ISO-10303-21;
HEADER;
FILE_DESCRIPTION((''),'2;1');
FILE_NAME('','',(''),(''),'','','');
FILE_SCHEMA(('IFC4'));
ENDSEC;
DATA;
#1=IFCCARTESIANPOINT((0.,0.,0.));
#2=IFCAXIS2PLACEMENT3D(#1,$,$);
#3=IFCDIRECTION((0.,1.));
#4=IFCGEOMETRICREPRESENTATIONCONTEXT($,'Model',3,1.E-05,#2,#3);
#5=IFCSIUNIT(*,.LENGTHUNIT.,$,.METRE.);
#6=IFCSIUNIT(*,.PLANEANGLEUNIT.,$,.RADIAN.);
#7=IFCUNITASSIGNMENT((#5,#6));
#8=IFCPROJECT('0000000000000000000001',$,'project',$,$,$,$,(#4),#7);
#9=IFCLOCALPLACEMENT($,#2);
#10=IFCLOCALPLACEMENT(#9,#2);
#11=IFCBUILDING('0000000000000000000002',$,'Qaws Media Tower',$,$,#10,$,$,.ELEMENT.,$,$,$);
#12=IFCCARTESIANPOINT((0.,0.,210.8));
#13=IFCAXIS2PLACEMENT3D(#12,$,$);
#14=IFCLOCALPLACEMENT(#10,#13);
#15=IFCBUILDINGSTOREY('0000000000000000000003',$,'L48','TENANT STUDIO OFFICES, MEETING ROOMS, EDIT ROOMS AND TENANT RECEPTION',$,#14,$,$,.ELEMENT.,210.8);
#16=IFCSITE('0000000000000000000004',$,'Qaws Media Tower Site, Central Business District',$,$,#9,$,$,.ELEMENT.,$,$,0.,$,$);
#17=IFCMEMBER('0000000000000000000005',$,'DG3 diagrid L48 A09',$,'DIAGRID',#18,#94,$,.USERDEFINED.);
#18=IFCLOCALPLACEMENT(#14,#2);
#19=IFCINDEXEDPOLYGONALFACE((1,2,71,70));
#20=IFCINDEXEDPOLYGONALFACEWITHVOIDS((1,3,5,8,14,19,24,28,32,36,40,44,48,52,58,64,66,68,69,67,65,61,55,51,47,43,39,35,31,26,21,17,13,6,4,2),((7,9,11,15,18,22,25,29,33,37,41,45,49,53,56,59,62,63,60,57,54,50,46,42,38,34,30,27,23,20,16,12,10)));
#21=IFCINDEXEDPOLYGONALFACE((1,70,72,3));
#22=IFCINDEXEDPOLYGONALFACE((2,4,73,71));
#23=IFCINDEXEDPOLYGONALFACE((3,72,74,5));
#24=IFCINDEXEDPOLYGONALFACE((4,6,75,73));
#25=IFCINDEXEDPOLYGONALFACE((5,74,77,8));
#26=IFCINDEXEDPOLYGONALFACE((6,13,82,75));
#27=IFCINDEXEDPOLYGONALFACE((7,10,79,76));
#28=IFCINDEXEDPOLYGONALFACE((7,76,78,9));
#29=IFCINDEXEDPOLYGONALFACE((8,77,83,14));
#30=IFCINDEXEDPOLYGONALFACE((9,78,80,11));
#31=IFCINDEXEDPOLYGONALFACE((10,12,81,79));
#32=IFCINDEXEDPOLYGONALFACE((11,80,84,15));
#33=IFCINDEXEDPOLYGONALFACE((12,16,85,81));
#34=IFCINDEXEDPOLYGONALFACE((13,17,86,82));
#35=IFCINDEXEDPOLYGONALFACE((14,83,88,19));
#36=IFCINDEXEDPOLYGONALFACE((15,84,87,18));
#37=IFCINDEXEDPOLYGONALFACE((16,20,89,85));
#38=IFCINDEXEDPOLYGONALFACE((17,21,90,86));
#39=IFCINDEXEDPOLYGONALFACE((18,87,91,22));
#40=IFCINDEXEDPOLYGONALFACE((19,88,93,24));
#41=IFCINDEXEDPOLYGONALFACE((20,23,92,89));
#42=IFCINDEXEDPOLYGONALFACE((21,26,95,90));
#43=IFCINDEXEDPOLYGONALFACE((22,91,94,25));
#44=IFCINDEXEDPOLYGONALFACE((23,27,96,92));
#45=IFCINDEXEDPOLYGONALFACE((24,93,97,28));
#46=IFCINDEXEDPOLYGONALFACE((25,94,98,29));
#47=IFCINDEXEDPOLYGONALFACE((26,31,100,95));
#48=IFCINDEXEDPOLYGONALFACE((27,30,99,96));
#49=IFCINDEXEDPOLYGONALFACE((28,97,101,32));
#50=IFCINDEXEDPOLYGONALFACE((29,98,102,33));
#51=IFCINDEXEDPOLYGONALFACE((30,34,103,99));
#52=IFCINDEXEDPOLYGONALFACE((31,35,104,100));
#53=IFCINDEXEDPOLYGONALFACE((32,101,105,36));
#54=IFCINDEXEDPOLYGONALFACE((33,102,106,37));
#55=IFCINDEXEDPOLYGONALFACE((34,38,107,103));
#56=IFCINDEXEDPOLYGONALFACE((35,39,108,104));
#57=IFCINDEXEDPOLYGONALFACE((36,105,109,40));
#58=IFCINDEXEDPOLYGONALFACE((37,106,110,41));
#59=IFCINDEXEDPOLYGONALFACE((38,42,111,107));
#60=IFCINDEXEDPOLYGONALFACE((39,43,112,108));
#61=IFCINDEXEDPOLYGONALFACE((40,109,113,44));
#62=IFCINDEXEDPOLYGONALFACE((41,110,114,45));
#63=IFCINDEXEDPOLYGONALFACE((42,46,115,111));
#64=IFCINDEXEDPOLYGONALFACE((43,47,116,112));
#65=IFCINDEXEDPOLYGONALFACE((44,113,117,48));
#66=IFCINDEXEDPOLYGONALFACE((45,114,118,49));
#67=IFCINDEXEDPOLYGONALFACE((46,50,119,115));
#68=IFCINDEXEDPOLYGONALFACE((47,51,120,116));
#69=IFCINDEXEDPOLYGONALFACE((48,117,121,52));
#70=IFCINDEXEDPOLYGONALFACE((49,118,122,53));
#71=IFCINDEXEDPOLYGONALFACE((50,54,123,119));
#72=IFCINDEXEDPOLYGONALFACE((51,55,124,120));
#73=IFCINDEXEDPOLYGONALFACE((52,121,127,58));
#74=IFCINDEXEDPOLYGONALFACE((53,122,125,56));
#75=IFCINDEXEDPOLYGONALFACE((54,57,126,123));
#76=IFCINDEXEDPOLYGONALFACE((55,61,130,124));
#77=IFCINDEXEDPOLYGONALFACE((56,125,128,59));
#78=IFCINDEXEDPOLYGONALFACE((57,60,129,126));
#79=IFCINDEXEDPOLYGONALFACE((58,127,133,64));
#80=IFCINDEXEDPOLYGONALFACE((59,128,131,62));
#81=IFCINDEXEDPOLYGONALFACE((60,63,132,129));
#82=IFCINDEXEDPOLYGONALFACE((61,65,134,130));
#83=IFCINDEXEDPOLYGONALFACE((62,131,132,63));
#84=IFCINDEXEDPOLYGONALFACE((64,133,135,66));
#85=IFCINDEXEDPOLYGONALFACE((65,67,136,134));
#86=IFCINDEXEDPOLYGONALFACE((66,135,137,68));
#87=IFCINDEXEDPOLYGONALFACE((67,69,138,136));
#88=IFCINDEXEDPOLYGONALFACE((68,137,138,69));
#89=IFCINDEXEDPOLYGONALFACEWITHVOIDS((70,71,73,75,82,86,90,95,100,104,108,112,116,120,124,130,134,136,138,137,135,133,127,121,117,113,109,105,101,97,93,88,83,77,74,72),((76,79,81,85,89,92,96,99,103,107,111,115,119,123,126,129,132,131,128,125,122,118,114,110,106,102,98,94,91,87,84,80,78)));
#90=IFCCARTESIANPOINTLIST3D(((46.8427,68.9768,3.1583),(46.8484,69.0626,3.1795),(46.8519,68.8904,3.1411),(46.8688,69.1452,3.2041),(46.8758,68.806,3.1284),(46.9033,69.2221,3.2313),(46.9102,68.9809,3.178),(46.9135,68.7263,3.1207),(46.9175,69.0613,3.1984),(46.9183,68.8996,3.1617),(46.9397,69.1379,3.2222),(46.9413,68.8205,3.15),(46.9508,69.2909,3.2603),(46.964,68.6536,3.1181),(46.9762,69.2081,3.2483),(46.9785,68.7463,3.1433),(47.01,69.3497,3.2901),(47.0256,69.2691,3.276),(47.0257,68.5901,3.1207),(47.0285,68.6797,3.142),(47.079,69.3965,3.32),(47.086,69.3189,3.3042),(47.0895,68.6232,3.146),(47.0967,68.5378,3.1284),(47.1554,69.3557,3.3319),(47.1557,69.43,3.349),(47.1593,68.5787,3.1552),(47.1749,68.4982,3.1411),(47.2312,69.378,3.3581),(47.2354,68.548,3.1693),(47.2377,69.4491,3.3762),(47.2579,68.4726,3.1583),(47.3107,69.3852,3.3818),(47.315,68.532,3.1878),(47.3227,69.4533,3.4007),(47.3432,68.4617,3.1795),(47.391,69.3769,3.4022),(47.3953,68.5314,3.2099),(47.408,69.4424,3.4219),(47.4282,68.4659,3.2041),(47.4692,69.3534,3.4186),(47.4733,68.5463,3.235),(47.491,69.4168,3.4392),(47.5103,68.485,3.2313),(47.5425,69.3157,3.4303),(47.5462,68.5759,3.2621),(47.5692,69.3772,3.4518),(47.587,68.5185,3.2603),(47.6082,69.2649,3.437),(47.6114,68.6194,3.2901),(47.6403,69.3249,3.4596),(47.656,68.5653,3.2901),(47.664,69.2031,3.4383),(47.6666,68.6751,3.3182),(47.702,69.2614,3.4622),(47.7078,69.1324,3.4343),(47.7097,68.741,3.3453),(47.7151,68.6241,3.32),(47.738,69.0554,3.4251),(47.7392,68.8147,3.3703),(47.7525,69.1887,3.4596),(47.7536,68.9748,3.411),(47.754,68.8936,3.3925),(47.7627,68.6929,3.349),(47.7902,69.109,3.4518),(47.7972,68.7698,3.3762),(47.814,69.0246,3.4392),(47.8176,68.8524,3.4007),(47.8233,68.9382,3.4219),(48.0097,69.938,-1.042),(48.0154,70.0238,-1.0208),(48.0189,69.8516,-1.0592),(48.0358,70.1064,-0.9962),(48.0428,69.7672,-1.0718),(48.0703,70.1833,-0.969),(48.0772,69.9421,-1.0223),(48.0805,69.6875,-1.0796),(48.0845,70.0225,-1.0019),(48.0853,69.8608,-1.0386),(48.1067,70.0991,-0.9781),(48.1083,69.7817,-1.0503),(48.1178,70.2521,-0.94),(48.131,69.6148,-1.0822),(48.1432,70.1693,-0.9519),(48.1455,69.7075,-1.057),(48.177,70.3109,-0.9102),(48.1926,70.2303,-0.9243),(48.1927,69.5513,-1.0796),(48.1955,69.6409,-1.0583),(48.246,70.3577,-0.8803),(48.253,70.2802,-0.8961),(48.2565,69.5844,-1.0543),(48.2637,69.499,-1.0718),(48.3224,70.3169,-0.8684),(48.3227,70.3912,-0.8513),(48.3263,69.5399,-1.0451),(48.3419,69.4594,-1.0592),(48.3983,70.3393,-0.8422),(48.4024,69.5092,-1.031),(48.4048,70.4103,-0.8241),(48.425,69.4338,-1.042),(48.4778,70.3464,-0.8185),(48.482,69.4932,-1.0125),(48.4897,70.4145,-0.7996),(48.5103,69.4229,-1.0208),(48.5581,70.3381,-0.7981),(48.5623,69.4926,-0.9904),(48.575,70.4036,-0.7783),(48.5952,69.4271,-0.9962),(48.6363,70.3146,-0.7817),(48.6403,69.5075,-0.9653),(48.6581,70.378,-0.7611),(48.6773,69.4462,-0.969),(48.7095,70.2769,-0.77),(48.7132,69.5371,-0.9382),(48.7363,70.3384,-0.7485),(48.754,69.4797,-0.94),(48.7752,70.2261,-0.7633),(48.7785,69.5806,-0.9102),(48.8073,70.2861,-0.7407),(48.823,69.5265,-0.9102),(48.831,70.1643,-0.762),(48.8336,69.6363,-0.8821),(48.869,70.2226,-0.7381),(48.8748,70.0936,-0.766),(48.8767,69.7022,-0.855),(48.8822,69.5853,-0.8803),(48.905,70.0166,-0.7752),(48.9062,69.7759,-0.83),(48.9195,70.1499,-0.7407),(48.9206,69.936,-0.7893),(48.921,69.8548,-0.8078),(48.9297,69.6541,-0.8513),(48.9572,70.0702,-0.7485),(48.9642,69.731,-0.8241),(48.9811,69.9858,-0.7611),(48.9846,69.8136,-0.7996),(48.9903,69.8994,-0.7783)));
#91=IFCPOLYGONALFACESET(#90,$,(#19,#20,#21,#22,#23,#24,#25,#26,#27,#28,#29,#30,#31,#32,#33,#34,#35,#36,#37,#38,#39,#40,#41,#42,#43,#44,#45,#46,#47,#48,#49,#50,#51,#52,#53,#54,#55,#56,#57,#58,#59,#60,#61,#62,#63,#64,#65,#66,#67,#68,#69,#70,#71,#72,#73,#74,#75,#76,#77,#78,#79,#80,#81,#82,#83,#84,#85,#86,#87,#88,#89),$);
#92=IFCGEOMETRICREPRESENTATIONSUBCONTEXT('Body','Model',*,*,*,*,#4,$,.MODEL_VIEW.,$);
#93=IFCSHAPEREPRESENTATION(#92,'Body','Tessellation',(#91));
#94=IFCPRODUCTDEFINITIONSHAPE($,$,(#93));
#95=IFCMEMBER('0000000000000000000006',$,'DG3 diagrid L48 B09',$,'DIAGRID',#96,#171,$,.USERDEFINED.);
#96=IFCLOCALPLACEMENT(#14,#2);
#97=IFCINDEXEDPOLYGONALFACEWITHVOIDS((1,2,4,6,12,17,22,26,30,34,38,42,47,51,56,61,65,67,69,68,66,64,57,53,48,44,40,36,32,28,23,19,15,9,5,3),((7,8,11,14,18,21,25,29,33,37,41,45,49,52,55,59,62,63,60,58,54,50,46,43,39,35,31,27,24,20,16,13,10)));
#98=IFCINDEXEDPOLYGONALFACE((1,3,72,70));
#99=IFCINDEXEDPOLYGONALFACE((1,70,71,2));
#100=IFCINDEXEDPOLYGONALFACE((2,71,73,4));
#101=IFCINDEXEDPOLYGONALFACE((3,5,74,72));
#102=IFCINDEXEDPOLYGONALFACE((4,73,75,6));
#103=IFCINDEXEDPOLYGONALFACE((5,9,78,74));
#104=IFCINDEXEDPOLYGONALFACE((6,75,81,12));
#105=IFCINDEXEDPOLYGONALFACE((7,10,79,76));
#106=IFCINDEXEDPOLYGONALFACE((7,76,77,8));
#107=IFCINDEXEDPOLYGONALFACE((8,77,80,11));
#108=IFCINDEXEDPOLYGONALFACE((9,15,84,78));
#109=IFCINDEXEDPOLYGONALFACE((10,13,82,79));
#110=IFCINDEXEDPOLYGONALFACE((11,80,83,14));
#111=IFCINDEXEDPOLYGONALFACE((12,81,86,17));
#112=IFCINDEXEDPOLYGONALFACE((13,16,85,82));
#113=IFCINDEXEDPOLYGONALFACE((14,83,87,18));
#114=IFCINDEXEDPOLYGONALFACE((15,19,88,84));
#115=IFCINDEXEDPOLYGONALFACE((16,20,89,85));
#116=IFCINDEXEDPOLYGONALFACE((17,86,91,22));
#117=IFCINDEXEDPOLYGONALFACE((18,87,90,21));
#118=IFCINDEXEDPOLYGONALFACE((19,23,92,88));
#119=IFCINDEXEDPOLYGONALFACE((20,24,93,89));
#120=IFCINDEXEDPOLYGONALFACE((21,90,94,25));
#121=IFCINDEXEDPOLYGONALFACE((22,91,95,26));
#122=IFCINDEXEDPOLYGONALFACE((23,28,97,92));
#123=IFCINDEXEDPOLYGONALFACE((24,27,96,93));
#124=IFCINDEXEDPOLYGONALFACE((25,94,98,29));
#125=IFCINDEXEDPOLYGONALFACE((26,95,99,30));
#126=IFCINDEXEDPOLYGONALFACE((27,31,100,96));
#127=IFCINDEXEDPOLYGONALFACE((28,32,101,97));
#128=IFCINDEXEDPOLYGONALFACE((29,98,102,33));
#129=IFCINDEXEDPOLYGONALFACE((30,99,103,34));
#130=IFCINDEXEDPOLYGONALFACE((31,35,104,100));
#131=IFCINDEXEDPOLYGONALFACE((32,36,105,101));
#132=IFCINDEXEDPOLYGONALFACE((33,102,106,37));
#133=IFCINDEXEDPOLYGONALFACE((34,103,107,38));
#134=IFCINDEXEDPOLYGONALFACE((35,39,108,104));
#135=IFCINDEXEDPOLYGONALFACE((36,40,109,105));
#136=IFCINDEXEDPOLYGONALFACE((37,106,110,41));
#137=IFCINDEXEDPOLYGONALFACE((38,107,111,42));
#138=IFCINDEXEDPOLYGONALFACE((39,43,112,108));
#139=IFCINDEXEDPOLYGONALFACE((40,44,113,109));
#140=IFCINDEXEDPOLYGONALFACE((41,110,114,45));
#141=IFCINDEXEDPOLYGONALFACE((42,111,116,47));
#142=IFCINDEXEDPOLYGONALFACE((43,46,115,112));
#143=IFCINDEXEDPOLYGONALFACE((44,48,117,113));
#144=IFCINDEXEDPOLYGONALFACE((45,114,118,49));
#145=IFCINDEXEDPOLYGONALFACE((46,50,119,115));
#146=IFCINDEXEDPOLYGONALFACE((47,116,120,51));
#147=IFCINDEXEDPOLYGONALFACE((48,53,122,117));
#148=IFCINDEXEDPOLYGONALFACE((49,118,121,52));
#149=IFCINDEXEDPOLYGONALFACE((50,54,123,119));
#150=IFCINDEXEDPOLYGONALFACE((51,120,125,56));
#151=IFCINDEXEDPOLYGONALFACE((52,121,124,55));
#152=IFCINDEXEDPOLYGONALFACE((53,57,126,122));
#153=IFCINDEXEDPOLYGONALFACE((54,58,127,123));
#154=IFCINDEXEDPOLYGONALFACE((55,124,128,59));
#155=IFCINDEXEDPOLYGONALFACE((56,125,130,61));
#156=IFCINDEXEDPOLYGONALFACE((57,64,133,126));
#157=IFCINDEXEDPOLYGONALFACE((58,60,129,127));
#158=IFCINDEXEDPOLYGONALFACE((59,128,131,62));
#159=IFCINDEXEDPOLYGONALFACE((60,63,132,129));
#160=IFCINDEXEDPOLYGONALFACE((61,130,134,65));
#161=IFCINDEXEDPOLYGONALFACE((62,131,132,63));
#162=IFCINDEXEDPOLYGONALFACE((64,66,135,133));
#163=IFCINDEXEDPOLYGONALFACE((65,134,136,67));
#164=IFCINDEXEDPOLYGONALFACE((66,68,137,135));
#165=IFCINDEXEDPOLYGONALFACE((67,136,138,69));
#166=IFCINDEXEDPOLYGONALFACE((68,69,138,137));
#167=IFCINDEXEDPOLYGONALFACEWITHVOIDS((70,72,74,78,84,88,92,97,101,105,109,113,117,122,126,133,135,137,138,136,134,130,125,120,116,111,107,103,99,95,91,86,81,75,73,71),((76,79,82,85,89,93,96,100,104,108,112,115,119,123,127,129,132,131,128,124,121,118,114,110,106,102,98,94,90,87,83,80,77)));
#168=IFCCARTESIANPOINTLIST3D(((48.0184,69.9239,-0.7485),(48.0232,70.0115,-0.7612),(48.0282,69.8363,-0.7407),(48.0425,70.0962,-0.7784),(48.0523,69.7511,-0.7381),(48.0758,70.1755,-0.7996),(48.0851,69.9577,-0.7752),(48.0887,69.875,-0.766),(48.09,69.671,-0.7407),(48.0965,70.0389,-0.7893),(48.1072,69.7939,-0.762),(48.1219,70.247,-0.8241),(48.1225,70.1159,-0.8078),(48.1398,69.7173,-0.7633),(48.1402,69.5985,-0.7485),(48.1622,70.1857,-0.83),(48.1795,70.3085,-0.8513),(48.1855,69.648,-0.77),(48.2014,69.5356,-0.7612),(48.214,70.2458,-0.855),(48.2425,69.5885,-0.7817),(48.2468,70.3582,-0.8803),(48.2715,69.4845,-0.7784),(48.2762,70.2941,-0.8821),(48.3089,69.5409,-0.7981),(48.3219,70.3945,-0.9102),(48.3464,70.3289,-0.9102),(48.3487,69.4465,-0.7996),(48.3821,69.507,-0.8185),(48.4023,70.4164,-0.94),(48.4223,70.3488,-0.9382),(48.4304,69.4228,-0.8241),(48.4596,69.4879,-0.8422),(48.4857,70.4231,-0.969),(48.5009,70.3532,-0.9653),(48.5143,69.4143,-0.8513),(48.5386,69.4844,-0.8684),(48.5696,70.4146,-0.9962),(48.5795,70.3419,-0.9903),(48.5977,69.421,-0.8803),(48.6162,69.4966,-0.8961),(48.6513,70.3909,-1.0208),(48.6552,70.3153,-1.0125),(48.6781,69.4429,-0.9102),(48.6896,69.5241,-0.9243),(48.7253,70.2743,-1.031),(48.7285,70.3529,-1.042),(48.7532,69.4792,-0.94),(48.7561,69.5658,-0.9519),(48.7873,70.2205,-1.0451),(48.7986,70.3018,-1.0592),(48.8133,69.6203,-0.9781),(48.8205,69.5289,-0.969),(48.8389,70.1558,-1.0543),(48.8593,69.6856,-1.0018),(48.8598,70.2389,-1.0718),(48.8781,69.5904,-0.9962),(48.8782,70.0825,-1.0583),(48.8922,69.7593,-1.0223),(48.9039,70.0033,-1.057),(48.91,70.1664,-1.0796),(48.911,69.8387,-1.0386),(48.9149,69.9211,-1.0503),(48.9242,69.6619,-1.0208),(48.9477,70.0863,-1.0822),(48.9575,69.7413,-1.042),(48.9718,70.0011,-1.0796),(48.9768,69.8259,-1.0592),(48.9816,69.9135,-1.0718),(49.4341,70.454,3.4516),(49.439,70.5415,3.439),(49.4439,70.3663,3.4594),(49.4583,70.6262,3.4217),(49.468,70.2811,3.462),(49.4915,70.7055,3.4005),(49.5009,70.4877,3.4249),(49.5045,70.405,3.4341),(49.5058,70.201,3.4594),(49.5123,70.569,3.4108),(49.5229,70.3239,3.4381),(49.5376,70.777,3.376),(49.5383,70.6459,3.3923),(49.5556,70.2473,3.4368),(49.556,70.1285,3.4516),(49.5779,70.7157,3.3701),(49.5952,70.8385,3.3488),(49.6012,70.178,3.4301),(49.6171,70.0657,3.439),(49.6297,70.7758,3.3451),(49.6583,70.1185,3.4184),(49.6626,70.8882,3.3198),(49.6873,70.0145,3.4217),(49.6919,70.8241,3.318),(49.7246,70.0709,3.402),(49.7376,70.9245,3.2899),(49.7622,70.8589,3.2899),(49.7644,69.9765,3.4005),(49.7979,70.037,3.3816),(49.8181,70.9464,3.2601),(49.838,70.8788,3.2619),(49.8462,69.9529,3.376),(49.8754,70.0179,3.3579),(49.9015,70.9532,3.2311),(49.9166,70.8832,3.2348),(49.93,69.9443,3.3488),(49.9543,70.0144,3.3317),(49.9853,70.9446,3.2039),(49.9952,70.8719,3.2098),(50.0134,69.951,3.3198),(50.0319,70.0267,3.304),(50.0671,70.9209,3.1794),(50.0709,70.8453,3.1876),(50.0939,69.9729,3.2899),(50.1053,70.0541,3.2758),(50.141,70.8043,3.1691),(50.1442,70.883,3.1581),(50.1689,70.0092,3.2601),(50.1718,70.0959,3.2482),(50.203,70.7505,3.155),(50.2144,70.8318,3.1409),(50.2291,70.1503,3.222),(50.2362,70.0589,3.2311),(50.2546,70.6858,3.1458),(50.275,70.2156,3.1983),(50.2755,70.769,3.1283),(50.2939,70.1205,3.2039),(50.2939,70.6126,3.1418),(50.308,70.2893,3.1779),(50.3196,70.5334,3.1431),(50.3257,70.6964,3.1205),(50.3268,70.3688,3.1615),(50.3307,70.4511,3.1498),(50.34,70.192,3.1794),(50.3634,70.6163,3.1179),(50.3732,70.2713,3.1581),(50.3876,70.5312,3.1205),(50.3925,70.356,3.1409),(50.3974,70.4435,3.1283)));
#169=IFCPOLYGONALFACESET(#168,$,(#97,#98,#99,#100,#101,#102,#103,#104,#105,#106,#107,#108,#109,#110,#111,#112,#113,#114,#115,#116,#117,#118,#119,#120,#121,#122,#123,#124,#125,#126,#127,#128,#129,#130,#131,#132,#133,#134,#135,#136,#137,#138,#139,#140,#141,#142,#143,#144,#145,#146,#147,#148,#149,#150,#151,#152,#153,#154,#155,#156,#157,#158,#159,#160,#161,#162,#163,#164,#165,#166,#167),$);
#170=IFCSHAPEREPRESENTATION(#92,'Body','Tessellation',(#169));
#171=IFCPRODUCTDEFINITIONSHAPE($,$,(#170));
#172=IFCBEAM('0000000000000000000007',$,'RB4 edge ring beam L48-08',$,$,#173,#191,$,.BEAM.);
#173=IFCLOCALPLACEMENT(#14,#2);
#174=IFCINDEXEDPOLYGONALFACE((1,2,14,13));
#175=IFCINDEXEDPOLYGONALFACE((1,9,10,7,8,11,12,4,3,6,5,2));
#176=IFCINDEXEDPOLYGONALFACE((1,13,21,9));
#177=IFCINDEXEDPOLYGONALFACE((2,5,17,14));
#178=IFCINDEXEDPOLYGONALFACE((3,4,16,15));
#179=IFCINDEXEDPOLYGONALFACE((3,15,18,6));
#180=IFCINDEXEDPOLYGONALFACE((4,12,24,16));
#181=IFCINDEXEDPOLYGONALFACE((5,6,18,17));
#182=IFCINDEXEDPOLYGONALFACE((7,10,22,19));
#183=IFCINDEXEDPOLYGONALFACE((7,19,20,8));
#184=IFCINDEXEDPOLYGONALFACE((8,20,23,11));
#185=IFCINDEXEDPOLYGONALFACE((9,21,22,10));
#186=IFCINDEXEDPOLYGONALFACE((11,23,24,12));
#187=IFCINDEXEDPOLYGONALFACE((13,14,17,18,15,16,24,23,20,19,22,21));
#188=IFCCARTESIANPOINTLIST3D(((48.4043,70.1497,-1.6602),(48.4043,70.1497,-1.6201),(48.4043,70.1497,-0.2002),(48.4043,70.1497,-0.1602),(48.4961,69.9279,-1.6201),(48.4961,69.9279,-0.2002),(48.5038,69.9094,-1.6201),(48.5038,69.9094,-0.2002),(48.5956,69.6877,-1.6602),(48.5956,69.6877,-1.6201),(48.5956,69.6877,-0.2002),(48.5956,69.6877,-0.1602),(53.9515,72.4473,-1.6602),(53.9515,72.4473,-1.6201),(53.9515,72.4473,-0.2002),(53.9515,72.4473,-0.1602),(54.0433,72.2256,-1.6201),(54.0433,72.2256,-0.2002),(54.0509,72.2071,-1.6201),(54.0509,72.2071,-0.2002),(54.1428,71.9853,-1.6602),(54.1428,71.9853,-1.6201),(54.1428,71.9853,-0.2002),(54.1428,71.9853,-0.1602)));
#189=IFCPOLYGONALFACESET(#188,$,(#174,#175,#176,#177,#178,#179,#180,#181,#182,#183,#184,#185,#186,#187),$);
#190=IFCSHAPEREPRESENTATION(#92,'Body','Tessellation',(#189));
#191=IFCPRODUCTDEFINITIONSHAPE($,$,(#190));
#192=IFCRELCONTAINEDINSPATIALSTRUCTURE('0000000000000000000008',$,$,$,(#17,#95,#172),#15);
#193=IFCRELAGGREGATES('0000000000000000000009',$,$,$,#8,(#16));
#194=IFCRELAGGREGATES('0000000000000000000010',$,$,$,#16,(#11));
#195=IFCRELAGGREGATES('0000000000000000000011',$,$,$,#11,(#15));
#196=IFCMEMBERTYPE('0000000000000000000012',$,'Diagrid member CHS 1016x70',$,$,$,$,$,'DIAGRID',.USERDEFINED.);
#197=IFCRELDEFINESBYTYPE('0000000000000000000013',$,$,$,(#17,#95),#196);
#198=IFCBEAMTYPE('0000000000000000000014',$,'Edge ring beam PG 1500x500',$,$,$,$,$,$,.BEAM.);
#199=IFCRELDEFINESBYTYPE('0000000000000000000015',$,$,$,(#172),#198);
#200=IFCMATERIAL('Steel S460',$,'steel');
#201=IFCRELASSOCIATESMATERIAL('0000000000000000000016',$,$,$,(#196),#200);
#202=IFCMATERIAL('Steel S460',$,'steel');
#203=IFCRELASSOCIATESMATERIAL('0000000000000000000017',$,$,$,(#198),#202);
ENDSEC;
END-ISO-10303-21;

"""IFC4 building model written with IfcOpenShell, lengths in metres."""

from ifc_helpers import new_model, si_unit, direction, frame, origin, origin_2d, place, context, subcontext, project, spatial, hollow_circle, i_section, extrude, material, material_profile, profile_set, type_object, element, save


model = new_model("IFC4")

# Units and contexts
model_context = context("Model", 3, precision=1e-05, world=origin(), true_north=direction((0.0, 1.0)))
body_context = subcontext(model_context, "Body", "Model", "MODEL_VIEW")
ifc_project = project(units=[si_unit("LENGTHUNIT", "METRE"), si_unit("PLANEANGLEUNIT", "RADIAN")], contexts=[model_context])

# Site, building, storey
site_placement = place(None, origin())
site = spatial("IfcSite", under=ifc_project, at=site_placement, Name="Qaws Media Tower Site, Central Business District", CompositionType="ELEMENT", RefElevation=0.0)
building_placement = place(site_placement, origin())
building = spatial("IfcBuilding", under=site, at=building_placement, Name="Qaws Media Tower", CompositionType="ELEMENT")
storey_placement = place(building_placement, frame((0.0, 0.0, 210.8)))
storey = spatial("IfcBuildingStorey", under=building, at=storey_placement, Name="L48", Description="TENANT STUDIO OFFICES, MEETING ROOMS, EDIT ROOMS AND TENANT RECEPTION", CompositionType="ELEMENT", Elevation=210.8)

# Members
ifc_material_1 = material(Name="Steel S460", Category="steel")
ifc_material_profile_1 = material_profile(ifc_material_1, hollow_circle(Radius=0.5081, WallThickness=0.0701, at=origin_2d()), Name="CHS 1016x70")
ifc_profile_set_1 = profile_set([ifc_material_profile_1], Name="Steel S460")
member_type_1 = type_object("IfcMemberType", Name="Diagrid member CHS 1016x70", ElementType="DIAGRID", PredefinedType="USERDEFINED", material=ifc_profile_set_1)
for number, where, z_axis, x_axis, name in (
    (1, (48.5, 69.9187, -0.9102), (-0.261422, -0.215318, 0.940902), (0.635758, -0.771888, 0.0), "DG3 diagrid L48 A09"),
):
    element("IfcMember", number, at=place(storey_placement, frame(where, z_axis=z_axis, x_axis=x_axis)), inside=storey, type_object=member_type_1, Name=name, ObjectType="DIAGRID", PredefinedType="USERDEFINED", context=body_context, shape_type="SweptSolid", body=[
        extrude(hollow_circle(Radius=0.5081, WallThickness=0.0701, at=origin_2d()), origin(), (0.0, 0.0, 1.0), 4.4641),
    ])
member_1_placement = place(storey_placement, frame((48.5, 69.9187, -0.9102), z_axis=(0.317156, 0.118735, 0.940911), x_axis=(-0.35061, 0.936522, 0.0)))
element("IfcMember", 2, at=member_1_placement, inside=storey, type_object=member_type_1, Name="DG3 diagrid L48 B09", ObjectType="DIAGRID", PredefinedType="USERDEFINED", context=body_context, shape_type="SweptSolid", body=[
    extrude(hollow_circle(Radius=0.5081, WallThickness=0.0701, at=origin_2d()), origin(), (0.0, 0.0, 1.0), 4.4639),
])

# Beam
ifc_material_2 = material(Name="Steel S460", Category="steel")
ifc_material_profile_2 = material_profile(ifc_material_2, i_section(OverallWidth=0.5, OverallDepth=1.5, WebThickness=0.02, FlangeThickness=0.04, at=origin_2d()), Name="PG 1500x500")
ifc_profile_set_2 = profile_set([ifc_material_profile_2], Name="Steel S460")
beam_type_1 = type_object("IfcBeamType", Name="Edge ring beam PG 1500x500", PredefinedType="BEAM", material=ifc_profile_set_2)
for number, where, z_axis, x_axis, name in (
    (3, (54.0471, 72.2163, -0.9102), (-0.923885, -0.382671, 0.0), (0.382671, -0.923885, 0.0), "RB4 edge ring beam L48-08"),
):
    element("IfcBeam", number, at=place(storey_placement, frame(where, z_axis=z_axis, x_axis=x_axis)), inside=storey, type_object=beam_type_1, Name=name, PredefinedType="BEAM", context=body_context, shape_type="SweptSolid", body=[
        extrude(i_section(OverallWidth=0.5, OverallDepth=1.5, WebThickness=0.02, FlangeThickness=0.04, at=origin_2d()), origin(), (0.0, 0.0, 1.0), 6.0042),
    ])

save(model, "model.ifc")
